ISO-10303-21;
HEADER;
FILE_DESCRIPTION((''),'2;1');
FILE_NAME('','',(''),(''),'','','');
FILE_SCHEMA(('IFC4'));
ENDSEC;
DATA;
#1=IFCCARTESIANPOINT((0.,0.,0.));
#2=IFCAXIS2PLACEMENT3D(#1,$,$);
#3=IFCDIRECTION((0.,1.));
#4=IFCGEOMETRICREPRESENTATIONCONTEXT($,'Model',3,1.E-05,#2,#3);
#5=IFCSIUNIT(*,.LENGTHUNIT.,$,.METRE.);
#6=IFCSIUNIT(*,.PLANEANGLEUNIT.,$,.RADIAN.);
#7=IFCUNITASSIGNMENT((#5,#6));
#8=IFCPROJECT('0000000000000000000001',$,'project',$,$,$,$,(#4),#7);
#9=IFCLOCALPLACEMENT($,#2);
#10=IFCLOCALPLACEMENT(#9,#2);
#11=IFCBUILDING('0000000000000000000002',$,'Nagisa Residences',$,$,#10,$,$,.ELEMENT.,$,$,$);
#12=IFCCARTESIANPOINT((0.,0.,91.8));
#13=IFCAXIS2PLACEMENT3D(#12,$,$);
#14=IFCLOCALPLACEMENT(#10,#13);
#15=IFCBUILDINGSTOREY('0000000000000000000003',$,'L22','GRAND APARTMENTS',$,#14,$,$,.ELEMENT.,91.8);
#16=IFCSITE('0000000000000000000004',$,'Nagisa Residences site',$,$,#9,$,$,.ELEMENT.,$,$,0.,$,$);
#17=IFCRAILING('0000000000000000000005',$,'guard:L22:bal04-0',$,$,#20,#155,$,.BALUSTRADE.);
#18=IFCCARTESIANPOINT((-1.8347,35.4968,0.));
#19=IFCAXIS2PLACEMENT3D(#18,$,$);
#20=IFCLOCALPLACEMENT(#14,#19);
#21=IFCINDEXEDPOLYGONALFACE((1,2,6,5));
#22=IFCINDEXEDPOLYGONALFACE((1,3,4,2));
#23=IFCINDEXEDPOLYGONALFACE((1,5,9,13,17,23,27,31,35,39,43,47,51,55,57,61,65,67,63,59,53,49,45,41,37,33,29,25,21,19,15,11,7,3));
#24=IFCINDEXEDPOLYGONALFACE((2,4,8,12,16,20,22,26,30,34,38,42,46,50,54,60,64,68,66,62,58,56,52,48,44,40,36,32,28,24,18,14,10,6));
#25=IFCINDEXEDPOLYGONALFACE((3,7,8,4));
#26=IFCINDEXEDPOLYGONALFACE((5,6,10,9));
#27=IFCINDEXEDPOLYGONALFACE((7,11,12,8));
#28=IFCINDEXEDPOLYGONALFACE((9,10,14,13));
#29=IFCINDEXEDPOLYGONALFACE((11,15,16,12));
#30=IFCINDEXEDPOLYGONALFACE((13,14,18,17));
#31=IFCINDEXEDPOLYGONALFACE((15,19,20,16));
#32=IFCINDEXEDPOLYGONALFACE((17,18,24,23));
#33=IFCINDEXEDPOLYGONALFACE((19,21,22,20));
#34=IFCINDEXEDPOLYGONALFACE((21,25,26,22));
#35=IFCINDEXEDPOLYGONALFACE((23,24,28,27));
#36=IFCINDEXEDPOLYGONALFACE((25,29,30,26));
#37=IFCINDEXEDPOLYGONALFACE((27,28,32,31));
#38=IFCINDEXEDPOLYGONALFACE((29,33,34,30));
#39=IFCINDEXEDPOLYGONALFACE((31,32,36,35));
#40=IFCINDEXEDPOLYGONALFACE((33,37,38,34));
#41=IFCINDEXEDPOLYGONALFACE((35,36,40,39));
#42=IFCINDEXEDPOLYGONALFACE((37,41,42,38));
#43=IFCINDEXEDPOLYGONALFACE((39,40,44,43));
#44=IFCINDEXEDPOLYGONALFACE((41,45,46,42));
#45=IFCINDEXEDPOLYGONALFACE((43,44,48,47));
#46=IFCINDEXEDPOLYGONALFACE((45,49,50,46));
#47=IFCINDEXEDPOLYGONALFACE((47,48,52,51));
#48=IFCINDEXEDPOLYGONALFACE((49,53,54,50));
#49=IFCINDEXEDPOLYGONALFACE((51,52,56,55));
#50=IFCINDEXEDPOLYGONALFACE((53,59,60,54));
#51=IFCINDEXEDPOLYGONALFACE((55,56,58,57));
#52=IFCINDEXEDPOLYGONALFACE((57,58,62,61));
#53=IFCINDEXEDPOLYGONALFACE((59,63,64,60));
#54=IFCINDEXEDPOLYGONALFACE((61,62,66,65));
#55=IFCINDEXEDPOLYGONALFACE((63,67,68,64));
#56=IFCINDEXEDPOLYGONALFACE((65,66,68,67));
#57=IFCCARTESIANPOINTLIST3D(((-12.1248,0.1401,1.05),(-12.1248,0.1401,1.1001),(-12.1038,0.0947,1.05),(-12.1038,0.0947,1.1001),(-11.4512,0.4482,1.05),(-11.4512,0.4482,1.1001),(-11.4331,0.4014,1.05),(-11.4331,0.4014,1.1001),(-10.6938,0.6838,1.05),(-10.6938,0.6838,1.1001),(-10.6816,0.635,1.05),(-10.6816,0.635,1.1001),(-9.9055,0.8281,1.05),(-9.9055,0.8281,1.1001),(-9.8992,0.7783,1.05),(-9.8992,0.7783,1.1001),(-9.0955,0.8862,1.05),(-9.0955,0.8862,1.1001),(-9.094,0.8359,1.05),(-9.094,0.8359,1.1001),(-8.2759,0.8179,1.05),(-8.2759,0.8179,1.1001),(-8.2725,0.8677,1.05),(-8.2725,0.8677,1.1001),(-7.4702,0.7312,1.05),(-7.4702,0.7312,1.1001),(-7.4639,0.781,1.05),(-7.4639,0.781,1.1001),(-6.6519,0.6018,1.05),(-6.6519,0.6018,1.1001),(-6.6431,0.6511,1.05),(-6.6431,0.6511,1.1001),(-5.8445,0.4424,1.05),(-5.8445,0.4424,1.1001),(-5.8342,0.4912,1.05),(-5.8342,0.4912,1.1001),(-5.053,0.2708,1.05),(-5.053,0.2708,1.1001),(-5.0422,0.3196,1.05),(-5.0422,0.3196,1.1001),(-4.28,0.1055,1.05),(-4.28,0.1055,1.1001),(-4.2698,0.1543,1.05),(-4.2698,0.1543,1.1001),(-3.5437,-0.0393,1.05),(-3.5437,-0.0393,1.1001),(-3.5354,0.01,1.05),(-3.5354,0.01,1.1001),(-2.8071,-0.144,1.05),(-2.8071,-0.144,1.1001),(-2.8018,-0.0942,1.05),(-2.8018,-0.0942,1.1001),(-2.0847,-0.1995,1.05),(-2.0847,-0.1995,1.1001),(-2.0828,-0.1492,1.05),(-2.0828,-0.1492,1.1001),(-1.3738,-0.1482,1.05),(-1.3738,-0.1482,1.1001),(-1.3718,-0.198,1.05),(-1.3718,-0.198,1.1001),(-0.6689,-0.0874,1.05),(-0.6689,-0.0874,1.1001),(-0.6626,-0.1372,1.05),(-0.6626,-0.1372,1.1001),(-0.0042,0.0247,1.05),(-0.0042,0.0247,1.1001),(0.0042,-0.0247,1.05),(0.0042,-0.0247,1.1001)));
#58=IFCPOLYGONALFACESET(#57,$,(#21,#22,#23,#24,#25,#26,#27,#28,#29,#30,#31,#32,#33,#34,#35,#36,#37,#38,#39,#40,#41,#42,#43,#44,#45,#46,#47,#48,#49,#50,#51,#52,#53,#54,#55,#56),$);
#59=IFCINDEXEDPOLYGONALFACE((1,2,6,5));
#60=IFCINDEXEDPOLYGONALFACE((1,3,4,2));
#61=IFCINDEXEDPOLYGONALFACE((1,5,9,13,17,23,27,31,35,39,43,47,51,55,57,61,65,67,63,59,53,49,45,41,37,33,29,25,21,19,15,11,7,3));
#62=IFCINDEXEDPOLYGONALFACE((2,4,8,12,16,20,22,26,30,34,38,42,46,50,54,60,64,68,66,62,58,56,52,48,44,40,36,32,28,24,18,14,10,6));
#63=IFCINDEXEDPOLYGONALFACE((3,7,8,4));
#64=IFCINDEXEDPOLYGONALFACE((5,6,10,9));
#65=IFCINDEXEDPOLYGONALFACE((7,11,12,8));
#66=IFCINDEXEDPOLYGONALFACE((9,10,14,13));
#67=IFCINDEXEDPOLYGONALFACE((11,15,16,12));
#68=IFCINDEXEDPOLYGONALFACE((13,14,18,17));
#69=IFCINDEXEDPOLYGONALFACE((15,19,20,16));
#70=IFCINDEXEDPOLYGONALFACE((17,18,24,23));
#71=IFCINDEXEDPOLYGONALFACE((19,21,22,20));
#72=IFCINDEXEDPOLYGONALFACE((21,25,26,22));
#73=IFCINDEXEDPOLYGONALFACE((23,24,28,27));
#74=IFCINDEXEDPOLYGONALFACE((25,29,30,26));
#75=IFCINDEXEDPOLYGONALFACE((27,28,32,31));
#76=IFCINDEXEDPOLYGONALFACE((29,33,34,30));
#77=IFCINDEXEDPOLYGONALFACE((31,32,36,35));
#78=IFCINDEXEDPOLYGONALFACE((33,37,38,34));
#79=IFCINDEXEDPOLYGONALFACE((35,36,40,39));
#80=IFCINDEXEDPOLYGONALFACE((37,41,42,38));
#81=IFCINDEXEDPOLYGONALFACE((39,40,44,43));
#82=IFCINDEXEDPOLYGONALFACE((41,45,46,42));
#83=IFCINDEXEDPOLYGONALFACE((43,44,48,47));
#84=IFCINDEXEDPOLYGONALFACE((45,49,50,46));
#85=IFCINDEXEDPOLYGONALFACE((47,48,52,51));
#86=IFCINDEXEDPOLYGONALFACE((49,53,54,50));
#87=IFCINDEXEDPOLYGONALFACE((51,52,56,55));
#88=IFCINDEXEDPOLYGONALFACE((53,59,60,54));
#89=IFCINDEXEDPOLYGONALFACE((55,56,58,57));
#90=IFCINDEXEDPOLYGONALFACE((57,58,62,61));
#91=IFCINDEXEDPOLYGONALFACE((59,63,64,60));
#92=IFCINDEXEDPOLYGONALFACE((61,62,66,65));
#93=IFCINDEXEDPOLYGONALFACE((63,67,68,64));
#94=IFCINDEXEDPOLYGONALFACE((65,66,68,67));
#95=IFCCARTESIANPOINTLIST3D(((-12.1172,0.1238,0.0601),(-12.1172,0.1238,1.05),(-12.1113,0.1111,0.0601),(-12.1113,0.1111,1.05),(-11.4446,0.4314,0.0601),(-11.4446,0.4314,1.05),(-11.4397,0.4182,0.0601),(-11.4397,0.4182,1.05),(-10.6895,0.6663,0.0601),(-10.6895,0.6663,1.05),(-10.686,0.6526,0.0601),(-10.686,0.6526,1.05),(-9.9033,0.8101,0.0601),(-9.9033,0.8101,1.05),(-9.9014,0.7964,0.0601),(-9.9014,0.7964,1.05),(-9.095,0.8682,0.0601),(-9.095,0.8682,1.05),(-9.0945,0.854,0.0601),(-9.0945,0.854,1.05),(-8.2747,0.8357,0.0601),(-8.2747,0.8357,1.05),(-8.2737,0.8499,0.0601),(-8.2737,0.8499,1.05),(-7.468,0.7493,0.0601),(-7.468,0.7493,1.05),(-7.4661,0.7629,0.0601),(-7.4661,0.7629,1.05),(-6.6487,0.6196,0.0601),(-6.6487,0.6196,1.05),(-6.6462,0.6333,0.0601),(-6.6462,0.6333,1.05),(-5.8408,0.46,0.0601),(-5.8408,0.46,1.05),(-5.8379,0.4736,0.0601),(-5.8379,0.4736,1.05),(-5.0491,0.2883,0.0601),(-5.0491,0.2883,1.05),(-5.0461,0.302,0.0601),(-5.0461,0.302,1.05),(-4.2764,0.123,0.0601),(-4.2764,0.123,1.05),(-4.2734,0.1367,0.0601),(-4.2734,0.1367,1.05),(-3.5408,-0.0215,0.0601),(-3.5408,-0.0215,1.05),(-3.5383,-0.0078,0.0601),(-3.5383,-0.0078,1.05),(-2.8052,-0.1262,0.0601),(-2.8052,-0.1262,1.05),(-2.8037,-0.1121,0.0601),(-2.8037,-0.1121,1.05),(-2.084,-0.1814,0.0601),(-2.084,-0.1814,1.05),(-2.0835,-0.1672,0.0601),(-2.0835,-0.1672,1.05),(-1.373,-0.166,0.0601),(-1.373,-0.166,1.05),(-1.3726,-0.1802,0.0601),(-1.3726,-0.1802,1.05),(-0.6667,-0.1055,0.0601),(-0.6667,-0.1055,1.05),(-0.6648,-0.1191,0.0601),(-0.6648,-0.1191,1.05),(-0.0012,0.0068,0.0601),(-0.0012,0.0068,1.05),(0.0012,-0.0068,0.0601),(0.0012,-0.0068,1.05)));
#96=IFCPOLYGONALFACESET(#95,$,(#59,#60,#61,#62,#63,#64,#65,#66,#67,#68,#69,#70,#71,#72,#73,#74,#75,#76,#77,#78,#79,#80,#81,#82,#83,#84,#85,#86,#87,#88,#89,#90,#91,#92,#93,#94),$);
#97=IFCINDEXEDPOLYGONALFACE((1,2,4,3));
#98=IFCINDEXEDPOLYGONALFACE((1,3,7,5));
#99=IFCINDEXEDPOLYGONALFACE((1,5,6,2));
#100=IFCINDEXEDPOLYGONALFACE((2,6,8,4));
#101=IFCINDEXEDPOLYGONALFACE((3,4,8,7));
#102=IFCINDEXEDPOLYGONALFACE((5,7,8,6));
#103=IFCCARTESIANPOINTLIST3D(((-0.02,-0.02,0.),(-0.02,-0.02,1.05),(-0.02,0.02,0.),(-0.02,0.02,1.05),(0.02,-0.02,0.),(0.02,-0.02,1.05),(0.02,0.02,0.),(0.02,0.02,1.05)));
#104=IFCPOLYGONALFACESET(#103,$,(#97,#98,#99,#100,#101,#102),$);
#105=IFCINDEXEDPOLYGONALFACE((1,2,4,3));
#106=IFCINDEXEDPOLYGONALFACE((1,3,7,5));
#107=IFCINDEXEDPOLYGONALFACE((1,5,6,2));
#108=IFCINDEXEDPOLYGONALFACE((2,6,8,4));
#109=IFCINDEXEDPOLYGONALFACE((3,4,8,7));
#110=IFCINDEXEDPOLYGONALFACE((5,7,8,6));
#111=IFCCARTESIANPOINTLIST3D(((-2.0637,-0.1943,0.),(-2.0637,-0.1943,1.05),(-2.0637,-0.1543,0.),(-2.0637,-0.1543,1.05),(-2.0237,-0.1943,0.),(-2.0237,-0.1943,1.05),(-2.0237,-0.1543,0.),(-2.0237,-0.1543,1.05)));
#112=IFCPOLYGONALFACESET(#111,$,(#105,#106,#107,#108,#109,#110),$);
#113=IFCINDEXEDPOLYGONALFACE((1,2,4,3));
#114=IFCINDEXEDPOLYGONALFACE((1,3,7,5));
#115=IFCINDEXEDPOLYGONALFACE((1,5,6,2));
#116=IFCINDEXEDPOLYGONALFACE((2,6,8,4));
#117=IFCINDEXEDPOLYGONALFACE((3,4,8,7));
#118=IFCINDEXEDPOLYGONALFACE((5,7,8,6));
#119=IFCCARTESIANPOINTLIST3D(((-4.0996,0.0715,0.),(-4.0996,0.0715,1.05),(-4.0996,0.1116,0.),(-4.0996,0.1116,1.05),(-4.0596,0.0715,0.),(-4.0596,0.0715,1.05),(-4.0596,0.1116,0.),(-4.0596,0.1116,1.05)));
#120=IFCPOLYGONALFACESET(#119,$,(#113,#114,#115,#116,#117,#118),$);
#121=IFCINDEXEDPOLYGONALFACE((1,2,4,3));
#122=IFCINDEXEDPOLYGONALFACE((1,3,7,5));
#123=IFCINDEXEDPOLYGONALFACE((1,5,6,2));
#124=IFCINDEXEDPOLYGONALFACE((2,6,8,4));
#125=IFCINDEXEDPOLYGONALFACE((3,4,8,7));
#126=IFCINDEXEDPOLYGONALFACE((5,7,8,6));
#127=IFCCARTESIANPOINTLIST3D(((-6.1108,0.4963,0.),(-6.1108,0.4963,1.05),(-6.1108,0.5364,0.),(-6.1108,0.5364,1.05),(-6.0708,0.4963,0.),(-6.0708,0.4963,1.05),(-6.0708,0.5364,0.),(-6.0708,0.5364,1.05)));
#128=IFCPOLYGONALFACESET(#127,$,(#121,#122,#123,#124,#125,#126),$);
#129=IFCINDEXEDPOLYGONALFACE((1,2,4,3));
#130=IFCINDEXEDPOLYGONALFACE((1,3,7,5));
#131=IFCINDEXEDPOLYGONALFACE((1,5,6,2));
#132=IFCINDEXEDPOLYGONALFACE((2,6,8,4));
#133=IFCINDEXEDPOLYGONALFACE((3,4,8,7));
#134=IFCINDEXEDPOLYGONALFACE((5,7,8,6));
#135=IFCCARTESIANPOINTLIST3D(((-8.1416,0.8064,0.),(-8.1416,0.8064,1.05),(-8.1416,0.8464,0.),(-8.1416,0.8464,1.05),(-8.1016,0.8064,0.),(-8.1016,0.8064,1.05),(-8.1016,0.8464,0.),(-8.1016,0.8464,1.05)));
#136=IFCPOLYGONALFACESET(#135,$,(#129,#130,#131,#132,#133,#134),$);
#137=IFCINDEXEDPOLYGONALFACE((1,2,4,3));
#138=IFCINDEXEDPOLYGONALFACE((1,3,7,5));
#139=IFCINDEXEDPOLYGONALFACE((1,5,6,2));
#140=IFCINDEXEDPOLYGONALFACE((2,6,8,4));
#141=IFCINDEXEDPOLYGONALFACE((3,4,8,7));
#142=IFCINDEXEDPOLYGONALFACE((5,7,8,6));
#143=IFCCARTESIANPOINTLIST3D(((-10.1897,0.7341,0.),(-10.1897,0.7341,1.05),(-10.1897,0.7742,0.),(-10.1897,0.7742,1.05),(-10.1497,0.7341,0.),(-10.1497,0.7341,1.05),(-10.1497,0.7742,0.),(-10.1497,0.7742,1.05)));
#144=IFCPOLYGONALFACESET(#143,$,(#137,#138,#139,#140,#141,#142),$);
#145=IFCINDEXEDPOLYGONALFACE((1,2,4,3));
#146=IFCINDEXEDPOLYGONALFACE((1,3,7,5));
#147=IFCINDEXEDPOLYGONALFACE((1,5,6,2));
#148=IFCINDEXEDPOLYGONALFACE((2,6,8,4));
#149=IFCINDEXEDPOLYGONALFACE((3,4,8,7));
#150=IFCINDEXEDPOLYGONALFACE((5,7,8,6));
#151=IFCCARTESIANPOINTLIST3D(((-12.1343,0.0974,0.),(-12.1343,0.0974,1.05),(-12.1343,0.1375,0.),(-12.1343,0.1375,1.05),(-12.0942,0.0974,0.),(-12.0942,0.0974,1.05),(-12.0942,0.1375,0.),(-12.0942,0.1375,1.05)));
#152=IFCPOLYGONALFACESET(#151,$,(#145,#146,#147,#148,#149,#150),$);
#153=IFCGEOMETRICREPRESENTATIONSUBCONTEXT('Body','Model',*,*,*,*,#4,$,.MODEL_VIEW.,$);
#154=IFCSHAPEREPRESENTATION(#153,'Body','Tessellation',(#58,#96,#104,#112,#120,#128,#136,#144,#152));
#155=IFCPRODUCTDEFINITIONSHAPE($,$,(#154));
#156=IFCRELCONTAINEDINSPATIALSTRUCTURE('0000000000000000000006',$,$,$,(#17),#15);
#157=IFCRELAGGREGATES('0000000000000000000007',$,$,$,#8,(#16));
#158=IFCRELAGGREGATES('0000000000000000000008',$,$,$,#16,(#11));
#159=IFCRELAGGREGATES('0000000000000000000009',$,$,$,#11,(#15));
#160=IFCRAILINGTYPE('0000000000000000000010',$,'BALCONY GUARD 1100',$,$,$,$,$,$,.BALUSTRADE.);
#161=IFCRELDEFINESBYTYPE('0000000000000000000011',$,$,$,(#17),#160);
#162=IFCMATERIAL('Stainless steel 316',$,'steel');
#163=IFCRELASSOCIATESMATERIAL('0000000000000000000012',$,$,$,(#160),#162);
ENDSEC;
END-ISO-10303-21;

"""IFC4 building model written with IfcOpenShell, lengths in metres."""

from ifc_helpers import new_model, si_unit, direction, frame, origin, origin_2d, place, context, subcontext, project, spatial, polyline, rectangle, outline, extrude, material, type_object, element, save


model = new_model("IFC4")

# Units and contexts
model_context = context("Model", 3, precision=1e-05, world=origin(), true_north=direction((0.0, 1.0)))
body_context = subcontext(model_context, "Body", "Model", "MODEL_VIEW")
ifc_project = project(units=[si_unit("LENGTHUNIT", "METRE"), si_unit("PLANEANGLEUNIT", "RADIAN")], contexts=[model_context])

# Site, building, storey
site_placement = place(None, origin())
site = spatial("IfcSite", under=ifc_project, at=site_placement, Name="Nagisa Residences site", CompositionType="ELEMENT", RefElevation=0.0)
building_placement = place(site_placement, origin())
building = spatial("IfcBuilding", under=site, at=building_placement, Name="Nagisa Residences", CompositionType="ELEMENT")
storey_placement = place(building_placement, frame((0.0, 0.0, 91.8)))
storey = spatial("IfcBuildingStorey", under=building, at=storey_placement, Name="L22", Description="GRAND APARTMENTS", CompositionType="ELEMENT", Elevation=91.8)

# Railing
ifc_material_1 = material(Name="Stainless steel 316", Category="steel")
railing_type = type_object("IfcRailingType", Name="BALCONY GUARD 1100", PredefinedType="BALUSTRADE", material=ifc_material_1)
railing_placement = place(storey_placement, frame((-1.8347, 35.4968, 0.0)))
element("IfcRailing", 1, at=railing_placement, inside=storey, type_object=railing_type, Name="guard:L22:bal04-0", PredefinedType="BALUSTRADE", context=body_context, shape_type="SweptSolid", body=[
    extrude(outline(polyline([(-0.6626, -0.1372), (0.0042, -0.0247), (-0.0042, 0.0247), (-0.6689, -0.0874), (-1.3738, -0.1482), (-2.0828, -0.1492), (-2.8018, -0.0942), (-3.5354, 0.01), (-4.2698, 0.1543), (-5.0422, 0.3196), (-5.8342, 0.4912), (-6.6431, 0.6511), (-7.4639, 0.781), (-8.2725, 0.8677), (-9.0955, 0.8862), (-9.9055, 0.8281), (-10.6938, 0.6838), (-11.4512, 0.4482), (-12.1248, 0.1401), (-12.1038, 0.0947), (-11.4331, 0.4014), (-10.6816, 0.635), (-9.8992, 0.7783), (-9.094, 0.8359), (-8.2759, 0.8179), (-7.4702, 0.7312), (-6.6519, 0.6018), (-5.8445, 0.4424), (-5.053, 0.2708), (-4.28, 0.1055), (-3.5437, -0.0393), (-2.8071, -0.144), (-2.0847, -0.1995), (-1.3718, -0.198), (-0.6626, -0.1372)])), frame((0.0, 0.0, 1.05)), (0.0, 0.0, 1.0), 0.05),
    extrude(outline(polyline([(-0.6648, -0.1191), (0.0012, -0.0068), (-0.0012, 0.0068), (-0.6667, -0.1055), (-1.373, -0.166), (-2.0835, -0.1672), (-2.8037, -0.1121), (-3.5383, -0.0078), (-4.2734, 0.1367), (-5.0461, 0.302), (-5.8379, 0.4736), (-6.6462, 0.6333), (-7.4661, 0.7629), (-8.2737, 0.8499), (-9.095, 0.8682), (-9.9033, 0.8101), (-10.6895, 0.6663), (-11.4446, 0.4314), (-12.1172, 0.1238), (-12.1113, 0.1111), (-11.4397, 0.4182), (-10.686, 0.6526), (-9.9014, 0.7964), (-9.0945, 0.854), (-8.2747, 0.8357), (-7.468, 0.7493), (-6.6487, 0.6196), (-5.8408, 0.46), (-5.0491, 0.2883), (-4.2764, 0.123), (-3.5408, -0.0215), (-2.8052, -0.1262), (-2.084, -0.1814), (-1.3726, -0.1802), (-0.6648, -0.1191)])), frame((0.0, 0.0, 0.0601)), (0.0, 0.0, 1.0), 0.99),
    extrude(rectangle(XDim=0.04, YDim=0.04, at=origin_2d()), origin(), (0.0, 0.0, 1.0), 1.05),
    extrude(rectangle(XDim=0.04, YDim=0.04, at=origin_2d()), frame((-2.0437, -0.1743, 0.0)), (0.0, 0.0, 1.0), 1.05),
    extrude(rectangle(XDim=0.04, YDim=0.04, at=origin_2d()), frame((-4.0796, 0.0916, 0.0)), (0.0, 0.0, 1.0), 1.05),
    extrude(rectangle(XDim=0.04, YDim=0.04, at=origin_2d()), frame((-6.0908, 0.5164, 0.0)), (0.0, 0.0, 1.0), 1.05),
    extrude(rectangle(XDim=0.04, YDim=0.04, at=origin_2d()), frame((-8.1216, 0.8264, 0.0)), (0.0, 0.0, 1.0), 1.05),
    extrude(rectangle(XDim=0.04, YDim=0.04, at=origin_2d()), frame((-10.1697, 0.7542, 0.0)), (0.0, 0.0, 1.0), 1.05),
    extrude(rectangle(XDim=0.04, YDim=0.04, at=origin_2d()), frame((-12.1143, 0.1174, 0.0)), (0.0, 0.0, 1.0), 1.05),
])

save(model, "model.ifc")
